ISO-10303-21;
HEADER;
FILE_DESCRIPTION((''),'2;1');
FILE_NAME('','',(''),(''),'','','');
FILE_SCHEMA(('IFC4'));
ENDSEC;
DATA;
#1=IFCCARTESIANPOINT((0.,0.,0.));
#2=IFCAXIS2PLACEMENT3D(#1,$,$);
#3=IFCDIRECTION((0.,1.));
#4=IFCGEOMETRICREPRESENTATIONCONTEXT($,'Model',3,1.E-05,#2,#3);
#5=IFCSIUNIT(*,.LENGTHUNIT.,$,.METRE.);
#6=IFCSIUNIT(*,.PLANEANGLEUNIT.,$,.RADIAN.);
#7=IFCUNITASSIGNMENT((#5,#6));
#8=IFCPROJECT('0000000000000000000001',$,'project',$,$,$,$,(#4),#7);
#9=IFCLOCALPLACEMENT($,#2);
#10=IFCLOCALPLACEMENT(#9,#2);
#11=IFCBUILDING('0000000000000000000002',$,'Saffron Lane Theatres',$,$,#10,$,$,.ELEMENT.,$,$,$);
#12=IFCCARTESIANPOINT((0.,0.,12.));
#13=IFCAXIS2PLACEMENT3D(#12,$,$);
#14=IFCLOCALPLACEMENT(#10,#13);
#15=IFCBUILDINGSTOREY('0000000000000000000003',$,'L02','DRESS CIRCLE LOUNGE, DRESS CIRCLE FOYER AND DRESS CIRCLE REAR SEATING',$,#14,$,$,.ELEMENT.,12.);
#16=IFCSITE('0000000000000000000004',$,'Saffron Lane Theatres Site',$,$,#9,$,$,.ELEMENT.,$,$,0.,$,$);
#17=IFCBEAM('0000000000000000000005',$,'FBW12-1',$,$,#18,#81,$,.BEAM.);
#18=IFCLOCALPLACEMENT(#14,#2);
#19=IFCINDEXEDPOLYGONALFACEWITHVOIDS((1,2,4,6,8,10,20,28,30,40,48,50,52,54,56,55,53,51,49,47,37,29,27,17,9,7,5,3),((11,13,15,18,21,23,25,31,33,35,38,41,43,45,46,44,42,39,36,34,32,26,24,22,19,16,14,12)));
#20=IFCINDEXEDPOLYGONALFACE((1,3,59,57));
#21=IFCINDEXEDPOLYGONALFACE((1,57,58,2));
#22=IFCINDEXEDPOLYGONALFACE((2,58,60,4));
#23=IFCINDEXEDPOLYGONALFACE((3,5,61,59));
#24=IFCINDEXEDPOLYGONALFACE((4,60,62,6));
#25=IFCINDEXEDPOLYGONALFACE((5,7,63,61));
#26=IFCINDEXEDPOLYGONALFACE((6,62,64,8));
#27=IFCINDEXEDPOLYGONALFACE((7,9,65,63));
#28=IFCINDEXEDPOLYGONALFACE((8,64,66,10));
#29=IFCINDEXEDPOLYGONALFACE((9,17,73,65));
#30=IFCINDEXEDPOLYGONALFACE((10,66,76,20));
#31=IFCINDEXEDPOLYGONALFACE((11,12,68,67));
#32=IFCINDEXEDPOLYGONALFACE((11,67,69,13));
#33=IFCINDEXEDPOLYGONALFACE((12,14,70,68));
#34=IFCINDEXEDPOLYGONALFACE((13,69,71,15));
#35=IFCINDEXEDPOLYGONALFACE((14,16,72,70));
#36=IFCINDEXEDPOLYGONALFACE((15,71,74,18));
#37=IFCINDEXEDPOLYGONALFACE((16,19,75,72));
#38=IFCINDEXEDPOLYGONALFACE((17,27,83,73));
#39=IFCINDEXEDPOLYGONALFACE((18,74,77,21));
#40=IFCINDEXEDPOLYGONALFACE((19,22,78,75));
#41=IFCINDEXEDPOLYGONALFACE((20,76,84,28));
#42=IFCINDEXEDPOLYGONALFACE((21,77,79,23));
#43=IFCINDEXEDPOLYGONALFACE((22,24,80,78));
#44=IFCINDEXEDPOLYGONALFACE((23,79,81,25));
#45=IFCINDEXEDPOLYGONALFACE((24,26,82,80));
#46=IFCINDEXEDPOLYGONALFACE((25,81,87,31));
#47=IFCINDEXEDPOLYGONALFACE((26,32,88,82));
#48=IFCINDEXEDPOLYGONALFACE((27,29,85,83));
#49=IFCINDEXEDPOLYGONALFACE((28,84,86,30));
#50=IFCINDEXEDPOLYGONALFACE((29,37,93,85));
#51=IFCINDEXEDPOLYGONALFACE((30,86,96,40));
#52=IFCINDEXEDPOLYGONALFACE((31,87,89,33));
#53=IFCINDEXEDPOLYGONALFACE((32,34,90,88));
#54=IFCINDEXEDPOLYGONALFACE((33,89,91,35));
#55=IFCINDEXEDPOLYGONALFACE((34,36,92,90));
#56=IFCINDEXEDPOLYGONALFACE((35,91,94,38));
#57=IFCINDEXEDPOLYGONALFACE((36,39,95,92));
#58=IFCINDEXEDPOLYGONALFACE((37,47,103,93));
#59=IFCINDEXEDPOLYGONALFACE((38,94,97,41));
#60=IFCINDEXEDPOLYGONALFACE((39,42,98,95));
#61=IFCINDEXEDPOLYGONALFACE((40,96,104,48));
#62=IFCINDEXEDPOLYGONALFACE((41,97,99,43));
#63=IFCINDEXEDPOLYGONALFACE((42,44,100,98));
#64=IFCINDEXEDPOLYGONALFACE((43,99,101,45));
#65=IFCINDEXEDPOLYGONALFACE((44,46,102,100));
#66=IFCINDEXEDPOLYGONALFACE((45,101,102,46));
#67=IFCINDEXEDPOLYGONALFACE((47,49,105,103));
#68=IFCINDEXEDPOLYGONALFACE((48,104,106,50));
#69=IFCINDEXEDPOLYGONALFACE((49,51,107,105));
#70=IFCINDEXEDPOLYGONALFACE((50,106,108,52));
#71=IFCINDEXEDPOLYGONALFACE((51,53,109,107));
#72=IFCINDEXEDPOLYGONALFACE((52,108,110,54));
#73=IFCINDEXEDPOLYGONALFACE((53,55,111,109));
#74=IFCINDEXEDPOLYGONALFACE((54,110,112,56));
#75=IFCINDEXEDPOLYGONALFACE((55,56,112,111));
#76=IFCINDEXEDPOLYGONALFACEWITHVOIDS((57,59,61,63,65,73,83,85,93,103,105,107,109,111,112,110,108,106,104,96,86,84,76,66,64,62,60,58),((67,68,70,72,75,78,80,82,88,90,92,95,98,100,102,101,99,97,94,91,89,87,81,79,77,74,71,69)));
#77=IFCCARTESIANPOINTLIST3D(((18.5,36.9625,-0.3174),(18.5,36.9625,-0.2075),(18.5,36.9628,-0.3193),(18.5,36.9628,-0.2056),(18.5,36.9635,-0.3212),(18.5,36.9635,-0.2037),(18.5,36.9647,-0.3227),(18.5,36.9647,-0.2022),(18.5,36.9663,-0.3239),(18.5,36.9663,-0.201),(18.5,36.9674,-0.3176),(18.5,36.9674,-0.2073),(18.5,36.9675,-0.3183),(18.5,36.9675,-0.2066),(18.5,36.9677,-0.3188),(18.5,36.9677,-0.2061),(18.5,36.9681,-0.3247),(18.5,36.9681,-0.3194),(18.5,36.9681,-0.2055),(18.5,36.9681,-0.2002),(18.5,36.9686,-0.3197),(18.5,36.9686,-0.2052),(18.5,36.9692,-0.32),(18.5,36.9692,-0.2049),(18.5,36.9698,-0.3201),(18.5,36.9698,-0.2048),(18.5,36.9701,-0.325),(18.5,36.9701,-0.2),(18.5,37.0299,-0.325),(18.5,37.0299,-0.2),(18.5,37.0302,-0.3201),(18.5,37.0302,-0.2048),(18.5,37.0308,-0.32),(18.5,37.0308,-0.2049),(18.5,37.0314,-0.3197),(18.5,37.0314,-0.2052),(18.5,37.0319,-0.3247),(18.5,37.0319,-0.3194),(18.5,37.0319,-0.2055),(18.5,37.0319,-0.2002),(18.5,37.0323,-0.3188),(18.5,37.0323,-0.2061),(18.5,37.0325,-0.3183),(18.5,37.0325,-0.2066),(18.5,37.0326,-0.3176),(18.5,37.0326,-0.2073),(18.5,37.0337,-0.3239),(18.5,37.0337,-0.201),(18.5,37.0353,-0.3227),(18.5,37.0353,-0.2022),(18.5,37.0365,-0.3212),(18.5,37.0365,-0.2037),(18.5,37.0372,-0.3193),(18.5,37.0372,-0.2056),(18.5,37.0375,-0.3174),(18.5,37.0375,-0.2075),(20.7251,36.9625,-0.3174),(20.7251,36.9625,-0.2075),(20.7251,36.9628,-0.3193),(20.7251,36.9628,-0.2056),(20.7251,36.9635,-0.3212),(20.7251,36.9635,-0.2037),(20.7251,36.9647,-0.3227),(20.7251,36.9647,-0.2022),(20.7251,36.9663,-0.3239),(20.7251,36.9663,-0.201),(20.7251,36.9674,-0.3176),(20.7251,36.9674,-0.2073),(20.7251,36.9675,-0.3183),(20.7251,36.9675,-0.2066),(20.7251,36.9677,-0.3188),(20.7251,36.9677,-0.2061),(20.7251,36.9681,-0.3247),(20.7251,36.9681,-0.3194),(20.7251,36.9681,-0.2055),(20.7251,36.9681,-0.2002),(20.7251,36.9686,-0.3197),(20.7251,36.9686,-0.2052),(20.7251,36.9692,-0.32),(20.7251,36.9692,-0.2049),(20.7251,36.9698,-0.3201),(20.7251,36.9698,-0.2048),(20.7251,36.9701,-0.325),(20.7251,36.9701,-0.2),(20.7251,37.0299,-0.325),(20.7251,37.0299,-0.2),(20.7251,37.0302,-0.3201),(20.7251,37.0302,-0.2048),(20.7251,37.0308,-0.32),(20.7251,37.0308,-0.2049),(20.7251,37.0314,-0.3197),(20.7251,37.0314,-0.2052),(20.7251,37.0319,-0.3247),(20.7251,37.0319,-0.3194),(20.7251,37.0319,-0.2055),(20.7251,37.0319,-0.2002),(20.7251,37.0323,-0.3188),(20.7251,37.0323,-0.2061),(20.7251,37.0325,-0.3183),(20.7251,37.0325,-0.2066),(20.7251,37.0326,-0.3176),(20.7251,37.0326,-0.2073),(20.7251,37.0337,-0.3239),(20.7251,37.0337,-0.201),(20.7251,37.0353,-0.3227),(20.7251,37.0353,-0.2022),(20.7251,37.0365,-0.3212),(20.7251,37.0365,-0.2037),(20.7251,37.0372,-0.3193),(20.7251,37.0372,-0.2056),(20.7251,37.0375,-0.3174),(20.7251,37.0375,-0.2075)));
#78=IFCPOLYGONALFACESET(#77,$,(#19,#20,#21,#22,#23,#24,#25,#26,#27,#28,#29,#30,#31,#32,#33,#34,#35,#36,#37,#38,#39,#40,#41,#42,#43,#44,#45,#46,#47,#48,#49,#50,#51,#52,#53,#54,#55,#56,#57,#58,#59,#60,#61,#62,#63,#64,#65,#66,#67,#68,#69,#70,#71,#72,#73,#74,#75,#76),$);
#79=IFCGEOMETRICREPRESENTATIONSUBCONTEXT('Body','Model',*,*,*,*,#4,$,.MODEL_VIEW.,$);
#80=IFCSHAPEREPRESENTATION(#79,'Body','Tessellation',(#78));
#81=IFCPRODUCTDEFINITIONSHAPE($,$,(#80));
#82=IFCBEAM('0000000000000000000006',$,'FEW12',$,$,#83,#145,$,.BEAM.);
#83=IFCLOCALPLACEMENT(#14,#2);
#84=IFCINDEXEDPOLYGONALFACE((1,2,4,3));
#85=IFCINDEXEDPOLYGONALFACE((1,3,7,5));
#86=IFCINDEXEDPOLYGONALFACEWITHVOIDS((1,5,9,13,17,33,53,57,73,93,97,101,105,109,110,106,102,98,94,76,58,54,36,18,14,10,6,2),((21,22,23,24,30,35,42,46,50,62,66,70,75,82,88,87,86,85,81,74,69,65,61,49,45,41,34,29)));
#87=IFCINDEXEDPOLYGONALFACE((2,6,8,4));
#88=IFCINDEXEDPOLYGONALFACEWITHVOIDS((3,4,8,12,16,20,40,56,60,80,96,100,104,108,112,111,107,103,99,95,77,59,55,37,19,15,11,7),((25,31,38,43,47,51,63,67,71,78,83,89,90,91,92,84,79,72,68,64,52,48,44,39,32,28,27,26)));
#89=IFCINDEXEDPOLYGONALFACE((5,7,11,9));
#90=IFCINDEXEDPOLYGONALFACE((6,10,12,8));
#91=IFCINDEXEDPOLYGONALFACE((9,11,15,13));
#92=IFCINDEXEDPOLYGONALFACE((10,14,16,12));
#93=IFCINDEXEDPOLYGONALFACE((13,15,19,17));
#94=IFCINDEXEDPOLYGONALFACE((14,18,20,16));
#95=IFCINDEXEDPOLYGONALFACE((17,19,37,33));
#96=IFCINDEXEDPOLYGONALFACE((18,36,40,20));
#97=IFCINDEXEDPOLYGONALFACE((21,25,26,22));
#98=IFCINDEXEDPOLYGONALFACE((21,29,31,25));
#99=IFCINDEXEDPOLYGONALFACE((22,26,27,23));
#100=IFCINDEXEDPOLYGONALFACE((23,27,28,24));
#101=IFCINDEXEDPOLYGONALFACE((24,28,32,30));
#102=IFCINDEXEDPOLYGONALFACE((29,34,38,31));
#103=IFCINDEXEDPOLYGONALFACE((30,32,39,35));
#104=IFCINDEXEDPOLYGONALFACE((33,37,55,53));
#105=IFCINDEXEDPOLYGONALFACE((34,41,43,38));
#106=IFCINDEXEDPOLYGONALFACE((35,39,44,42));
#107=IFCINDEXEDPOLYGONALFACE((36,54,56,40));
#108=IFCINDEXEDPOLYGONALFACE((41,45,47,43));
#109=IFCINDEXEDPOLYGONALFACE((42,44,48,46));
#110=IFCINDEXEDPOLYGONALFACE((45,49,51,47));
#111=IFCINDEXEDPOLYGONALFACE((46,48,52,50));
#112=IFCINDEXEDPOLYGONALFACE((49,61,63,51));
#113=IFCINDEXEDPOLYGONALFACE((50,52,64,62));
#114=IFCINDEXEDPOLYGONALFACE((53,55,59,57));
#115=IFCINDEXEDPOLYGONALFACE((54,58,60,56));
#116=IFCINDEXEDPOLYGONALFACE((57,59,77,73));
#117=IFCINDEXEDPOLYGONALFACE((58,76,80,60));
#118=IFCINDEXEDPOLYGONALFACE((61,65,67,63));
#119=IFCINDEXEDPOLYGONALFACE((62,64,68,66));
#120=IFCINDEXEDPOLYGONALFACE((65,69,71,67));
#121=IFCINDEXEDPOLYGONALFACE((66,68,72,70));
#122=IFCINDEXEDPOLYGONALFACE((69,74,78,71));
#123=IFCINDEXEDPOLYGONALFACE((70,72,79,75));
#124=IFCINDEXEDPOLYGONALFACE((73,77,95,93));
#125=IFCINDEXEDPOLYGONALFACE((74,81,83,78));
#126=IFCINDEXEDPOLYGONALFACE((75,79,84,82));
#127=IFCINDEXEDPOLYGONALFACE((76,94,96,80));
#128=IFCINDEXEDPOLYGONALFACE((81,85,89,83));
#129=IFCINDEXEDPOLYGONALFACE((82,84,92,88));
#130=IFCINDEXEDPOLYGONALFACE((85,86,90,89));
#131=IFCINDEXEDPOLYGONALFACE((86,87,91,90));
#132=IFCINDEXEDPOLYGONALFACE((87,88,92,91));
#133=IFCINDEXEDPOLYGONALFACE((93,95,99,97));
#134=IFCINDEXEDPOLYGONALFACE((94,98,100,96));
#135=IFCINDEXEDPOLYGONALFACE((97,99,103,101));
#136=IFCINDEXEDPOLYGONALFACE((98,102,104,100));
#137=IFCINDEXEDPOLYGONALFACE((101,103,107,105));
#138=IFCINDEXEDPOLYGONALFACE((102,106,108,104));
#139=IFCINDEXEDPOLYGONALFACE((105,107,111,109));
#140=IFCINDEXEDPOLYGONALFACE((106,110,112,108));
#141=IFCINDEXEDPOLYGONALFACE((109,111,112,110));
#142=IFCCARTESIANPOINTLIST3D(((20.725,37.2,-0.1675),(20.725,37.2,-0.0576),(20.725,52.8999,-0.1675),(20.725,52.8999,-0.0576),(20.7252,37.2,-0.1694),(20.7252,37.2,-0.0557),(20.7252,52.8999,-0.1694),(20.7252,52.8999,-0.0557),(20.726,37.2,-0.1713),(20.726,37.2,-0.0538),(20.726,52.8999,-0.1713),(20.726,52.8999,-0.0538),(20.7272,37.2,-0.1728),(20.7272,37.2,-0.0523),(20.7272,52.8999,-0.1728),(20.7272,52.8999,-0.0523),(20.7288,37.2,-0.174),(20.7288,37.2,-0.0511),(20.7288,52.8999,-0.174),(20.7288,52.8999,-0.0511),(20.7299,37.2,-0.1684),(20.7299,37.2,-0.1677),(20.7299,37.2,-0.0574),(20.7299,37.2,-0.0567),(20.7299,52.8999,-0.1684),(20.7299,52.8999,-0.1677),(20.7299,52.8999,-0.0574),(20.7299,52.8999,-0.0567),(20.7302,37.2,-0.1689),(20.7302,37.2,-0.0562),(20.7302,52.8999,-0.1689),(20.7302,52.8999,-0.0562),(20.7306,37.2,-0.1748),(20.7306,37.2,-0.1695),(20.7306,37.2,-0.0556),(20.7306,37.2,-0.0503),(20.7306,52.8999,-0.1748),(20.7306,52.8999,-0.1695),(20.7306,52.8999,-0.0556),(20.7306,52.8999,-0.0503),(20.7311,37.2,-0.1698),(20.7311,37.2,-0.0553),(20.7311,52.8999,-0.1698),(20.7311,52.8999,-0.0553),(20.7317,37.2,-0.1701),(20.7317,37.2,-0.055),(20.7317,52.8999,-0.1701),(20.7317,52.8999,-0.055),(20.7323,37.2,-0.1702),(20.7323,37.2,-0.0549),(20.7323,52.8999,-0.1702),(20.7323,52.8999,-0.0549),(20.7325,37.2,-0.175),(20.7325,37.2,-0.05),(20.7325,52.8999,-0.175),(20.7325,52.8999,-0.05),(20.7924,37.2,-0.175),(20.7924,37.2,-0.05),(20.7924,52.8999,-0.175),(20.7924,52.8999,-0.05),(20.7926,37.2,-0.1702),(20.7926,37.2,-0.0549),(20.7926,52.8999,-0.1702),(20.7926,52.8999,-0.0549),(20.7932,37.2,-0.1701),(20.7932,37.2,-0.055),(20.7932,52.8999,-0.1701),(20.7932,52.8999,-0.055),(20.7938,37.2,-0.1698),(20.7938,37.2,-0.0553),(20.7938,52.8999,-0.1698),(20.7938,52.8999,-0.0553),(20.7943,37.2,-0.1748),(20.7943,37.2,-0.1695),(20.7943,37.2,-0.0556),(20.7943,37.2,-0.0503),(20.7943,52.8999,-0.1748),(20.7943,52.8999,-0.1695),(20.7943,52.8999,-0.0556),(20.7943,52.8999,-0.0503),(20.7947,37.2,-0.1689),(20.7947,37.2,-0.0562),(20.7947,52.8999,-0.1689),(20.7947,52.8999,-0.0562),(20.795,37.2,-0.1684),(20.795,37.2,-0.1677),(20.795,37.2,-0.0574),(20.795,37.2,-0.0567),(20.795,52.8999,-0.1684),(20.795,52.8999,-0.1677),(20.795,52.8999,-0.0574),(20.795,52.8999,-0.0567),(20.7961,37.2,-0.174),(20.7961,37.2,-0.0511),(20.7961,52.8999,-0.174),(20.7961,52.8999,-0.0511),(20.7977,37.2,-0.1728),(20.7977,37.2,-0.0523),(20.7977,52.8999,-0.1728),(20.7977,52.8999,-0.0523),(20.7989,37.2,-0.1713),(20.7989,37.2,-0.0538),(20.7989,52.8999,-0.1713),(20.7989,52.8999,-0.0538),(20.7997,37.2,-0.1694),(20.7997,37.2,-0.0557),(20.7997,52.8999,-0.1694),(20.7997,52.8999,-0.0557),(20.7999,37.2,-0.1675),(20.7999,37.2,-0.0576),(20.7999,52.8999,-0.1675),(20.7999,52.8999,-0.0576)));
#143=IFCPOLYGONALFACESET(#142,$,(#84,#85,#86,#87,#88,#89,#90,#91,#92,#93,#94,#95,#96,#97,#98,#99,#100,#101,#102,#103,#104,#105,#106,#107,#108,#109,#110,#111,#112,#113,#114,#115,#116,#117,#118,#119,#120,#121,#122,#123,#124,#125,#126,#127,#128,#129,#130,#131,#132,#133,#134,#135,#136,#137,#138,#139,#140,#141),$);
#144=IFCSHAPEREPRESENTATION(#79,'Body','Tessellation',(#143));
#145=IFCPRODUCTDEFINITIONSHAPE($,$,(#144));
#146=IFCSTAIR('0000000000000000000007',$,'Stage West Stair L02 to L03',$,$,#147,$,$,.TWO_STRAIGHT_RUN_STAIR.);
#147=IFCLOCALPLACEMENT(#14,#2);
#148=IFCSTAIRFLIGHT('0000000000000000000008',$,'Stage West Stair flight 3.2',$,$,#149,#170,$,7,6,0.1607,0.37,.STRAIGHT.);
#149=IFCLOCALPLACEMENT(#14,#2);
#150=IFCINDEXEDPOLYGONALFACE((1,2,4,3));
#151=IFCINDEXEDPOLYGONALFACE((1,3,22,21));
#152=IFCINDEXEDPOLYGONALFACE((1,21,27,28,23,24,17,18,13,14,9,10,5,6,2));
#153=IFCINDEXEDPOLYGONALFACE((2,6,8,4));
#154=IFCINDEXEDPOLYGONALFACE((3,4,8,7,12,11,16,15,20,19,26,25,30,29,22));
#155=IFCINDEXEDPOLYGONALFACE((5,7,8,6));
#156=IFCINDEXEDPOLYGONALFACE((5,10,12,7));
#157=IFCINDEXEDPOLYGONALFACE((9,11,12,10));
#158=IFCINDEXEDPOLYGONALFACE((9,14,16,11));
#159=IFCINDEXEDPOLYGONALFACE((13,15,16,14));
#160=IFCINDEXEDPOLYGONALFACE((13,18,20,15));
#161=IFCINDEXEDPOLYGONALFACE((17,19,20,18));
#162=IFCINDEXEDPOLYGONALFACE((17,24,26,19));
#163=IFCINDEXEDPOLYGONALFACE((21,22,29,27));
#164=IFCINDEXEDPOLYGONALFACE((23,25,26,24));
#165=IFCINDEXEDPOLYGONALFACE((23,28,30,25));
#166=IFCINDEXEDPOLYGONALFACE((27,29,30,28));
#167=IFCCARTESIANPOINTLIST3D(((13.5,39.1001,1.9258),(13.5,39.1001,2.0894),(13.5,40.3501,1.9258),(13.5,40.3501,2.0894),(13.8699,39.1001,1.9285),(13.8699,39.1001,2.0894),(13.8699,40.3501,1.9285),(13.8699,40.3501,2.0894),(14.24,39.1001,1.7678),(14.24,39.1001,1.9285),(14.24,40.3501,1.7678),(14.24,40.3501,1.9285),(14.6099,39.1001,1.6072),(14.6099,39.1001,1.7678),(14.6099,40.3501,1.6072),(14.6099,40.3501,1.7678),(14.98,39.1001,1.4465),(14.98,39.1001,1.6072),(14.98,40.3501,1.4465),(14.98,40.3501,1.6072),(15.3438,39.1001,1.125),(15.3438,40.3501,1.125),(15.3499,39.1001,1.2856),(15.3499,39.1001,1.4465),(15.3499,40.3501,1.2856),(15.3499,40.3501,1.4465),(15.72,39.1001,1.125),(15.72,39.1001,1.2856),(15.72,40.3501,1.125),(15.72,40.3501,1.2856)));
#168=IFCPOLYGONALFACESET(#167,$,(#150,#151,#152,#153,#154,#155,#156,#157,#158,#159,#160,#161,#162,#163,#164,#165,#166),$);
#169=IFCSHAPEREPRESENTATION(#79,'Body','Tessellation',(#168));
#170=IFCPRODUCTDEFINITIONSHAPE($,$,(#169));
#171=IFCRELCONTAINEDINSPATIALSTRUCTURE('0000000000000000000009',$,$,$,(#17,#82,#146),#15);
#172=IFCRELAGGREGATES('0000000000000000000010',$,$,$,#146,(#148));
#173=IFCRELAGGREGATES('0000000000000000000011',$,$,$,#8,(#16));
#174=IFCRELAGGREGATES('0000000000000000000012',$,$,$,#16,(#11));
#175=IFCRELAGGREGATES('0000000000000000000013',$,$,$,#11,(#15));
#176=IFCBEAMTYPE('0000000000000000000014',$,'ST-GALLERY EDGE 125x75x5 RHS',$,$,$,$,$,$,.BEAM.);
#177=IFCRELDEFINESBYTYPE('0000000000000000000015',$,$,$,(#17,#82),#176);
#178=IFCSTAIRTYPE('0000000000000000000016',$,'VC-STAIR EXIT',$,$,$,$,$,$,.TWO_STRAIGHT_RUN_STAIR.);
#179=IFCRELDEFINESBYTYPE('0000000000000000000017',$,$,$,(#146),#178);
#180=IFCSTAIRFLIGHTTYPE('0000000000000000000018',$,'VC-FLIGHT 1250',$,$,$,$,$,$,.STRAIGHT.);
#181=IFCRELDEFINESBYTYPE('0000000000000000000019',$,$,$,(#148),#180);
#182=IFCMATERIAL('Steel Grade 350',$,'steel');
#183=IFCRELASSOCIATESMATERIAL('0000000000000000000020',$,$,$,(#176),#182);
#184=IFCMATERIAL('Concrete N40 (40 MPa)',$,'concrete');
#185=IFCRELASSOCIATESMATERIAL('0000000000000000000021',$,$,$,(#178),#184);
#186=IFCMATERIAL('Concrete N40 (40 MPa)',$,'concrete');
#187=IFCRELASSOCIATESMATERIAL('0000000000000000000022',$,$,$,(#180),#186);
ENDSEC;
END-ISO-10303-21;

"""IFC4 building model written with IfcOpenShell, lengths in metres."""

from ifc_helpers import new_model, si_unit, direction, frame, origin, origin_2d, place, context, subcontext, project, spatial, polyline, hollow_rectangle, outline, extrude, material, material_profile, profile_set, type_object, element, aggregate, save


model = new_model("IFC4")

# Units and contexts
model_context = context("Model", 3, precision=1e-05, world=origin(), true_north=direction((0.0, 1.0)))
body_context = subcontext(model_context, "Body", "Model", "MODEL_VIEW")
ifc_project = project(units=[si_unit("LENGTHUNIT", "METRE"), si_unit("PLANEANGLEUNIT", "RADIAN")], contexts=[model_context])

# Site, building, storey
site_placement = place(None, origin())
site = spatial("IfcSite", under=ifc_project, at=site_placement, Name="Saffron Lane Theatres Site", CompositionType="ELEMENT", RefElevation=0.0)
building_placement = place(site_placement, origin())
building = spatial("IfcBuilding", under=site, at=building_placement, Name="Saffron Lane Theatres", CompositionType="ELEMENT")
storey_placement = place(building_placement, frame((0.0, 0.0, 12.0)))
storey = spatial("IfcBuildingStorey", under=building, at=storey_placement, Name="L02", Description="DRESS CIRCLE LOUNGE, DRESS CIRCLE FOYER AND DRESS CIRCLE REAR SEATING", CompositionType="ELEMENT", Elevation=12.0)

# Beams
ifc_material_1 = material(Name="Steel Grade 350", Category="steel")
ifc_material_profile_1 = material_profile(ifc_material_1, hollow_rectangle(XDim=0.075, YDim=0.125, WallThickness=0.0049, InnerFilletRadius=0.0024, OuterFilletRadius=0.0076, at=origin_2d()))
ifc_profile_set_1 = profile_set([ifc_material_profile_1], Name="Steel Grade 350")
beam_type_1 = type_object("IfcBeamType", Name="ST-GALLERY EDGE 125x75x5 RHS", PredefinedType="BEAM", material=ifc_profile_set_1)
beam_1_placement = place(storey_placement, frame((18.5, 37.0, -0.2625), z_axis=(1.0, 0.0, 0.0), x_axis=(0.0, 1.0, 0.0)))
element("IfcBeam", 1, at=beam_1_placement, inside=storey, type_object=beam_type_1, Name="FBW12-1", PredefinedType="BEAM", context=body_context, shape_type="SweptSolid", body=[
    extrude(hollow_rectangle(XDim=0.075, YDim=0.125, WallThickness=0.0049, InnerFilletRadius=0.0024, OuterFilletRadius=0.0076, at=origin_2d()), origin(), (0.0, 0.0, 1.0), 2.2251),
])
beam_2_placement = place(storey_placement, frame((20.7625, 37.2, -0.1125), z_axis=(0.0, 1.0, 0.0), x_axis=(-1.0, 0.0, 0.0)))
element("IfcBeam", 2, at=beam_2_placement, inside=storey, type_object=beam_type_1, Name="FEW12", PredefinedType="BEAM", context=body_context, shape_type="SweptSolid", body=[
    extrude(hollow_rectangle(XDim=0.075, YDim=0.125, WallThickness=0.0049, InnerFilletRadius=0.0024, OuterFilletRadius=0.0076, at=origin_2d()), origin(), (0.0, 0.0, 1.0), 15.7),
])

# Stair, stair flight
ifc_material_2 = material(Name="Concrete N40 (40 MPa)", Category="concrete")
stair_type = type_object("IfcStairType", Name="VC-STAIR EXIT", PredefinedType="TWO_STRAIGHT_RUN_STAIR", material=ifc_material_2)
stair_placement = place(storey_placement, origin())
stair = element("IfcStair", 3, at=stair_placement, inside=storey, type_object=stair_type, Name="Stage West Stair L02 to L03", PredefinedType="TWO_STRAIGHT_RUN_STAIR")
ifc_material_3 = material(Name="Concrete N40 (40 MPa)", Category="concrete")
stair_flight_type = type_object("IfcStairFlightType", Name="VC-FLIGHT 1250", PredefinedType="STRAIGHT", material=ifc_material_3)
stair_flight_placement = place(storey_placement, frame((15.72, 39.7251, 1.125), z_axis=(0.0, 0.0, 1.0), x_axis=(-1.0, 0.0, 0.0)))
stair_flight = element("IfcStairFlight", 4, at=stair_flight_placement, type_object=stair_flight_type, Name="Stage West Stair flight 3.2", NumberOfRisers=7, NumberOfTreads=6, PredefinedType="STRAIGHT", RiserHeight=0.1607, TreadLength=0.37, context=body_context, shape_type="SweptSolid", body=[
    extrude(outline(polyline([(0.0, 0.0), (0.0, 0.1606), (0.3701, 0.1606), (0.3701, 0.3215), (0.74, 0.3215), (0.74, 0.4822), (1.1101, 0.4822), (1.1101, 0.6428), (1.48, 0.6428), (1.48, 0.8035), (1.8501, 0.8035), (1.8501, 0.9644), (2.22, 0.9644), (2.22, 1.125), (2.22, 0.8008), (0.3762, 0.0), (0.0, 0.0)])), frame((0.0, 0.625, 0.0), z_axis=(0.0, -1.0, 0.0), x_axis=(1.0, 0.0, 0.0)), (0.0, 0.0, 1.0), 1.25),
])
aggregate(stair, [stair_flight])

save(model, "model.ifc")
